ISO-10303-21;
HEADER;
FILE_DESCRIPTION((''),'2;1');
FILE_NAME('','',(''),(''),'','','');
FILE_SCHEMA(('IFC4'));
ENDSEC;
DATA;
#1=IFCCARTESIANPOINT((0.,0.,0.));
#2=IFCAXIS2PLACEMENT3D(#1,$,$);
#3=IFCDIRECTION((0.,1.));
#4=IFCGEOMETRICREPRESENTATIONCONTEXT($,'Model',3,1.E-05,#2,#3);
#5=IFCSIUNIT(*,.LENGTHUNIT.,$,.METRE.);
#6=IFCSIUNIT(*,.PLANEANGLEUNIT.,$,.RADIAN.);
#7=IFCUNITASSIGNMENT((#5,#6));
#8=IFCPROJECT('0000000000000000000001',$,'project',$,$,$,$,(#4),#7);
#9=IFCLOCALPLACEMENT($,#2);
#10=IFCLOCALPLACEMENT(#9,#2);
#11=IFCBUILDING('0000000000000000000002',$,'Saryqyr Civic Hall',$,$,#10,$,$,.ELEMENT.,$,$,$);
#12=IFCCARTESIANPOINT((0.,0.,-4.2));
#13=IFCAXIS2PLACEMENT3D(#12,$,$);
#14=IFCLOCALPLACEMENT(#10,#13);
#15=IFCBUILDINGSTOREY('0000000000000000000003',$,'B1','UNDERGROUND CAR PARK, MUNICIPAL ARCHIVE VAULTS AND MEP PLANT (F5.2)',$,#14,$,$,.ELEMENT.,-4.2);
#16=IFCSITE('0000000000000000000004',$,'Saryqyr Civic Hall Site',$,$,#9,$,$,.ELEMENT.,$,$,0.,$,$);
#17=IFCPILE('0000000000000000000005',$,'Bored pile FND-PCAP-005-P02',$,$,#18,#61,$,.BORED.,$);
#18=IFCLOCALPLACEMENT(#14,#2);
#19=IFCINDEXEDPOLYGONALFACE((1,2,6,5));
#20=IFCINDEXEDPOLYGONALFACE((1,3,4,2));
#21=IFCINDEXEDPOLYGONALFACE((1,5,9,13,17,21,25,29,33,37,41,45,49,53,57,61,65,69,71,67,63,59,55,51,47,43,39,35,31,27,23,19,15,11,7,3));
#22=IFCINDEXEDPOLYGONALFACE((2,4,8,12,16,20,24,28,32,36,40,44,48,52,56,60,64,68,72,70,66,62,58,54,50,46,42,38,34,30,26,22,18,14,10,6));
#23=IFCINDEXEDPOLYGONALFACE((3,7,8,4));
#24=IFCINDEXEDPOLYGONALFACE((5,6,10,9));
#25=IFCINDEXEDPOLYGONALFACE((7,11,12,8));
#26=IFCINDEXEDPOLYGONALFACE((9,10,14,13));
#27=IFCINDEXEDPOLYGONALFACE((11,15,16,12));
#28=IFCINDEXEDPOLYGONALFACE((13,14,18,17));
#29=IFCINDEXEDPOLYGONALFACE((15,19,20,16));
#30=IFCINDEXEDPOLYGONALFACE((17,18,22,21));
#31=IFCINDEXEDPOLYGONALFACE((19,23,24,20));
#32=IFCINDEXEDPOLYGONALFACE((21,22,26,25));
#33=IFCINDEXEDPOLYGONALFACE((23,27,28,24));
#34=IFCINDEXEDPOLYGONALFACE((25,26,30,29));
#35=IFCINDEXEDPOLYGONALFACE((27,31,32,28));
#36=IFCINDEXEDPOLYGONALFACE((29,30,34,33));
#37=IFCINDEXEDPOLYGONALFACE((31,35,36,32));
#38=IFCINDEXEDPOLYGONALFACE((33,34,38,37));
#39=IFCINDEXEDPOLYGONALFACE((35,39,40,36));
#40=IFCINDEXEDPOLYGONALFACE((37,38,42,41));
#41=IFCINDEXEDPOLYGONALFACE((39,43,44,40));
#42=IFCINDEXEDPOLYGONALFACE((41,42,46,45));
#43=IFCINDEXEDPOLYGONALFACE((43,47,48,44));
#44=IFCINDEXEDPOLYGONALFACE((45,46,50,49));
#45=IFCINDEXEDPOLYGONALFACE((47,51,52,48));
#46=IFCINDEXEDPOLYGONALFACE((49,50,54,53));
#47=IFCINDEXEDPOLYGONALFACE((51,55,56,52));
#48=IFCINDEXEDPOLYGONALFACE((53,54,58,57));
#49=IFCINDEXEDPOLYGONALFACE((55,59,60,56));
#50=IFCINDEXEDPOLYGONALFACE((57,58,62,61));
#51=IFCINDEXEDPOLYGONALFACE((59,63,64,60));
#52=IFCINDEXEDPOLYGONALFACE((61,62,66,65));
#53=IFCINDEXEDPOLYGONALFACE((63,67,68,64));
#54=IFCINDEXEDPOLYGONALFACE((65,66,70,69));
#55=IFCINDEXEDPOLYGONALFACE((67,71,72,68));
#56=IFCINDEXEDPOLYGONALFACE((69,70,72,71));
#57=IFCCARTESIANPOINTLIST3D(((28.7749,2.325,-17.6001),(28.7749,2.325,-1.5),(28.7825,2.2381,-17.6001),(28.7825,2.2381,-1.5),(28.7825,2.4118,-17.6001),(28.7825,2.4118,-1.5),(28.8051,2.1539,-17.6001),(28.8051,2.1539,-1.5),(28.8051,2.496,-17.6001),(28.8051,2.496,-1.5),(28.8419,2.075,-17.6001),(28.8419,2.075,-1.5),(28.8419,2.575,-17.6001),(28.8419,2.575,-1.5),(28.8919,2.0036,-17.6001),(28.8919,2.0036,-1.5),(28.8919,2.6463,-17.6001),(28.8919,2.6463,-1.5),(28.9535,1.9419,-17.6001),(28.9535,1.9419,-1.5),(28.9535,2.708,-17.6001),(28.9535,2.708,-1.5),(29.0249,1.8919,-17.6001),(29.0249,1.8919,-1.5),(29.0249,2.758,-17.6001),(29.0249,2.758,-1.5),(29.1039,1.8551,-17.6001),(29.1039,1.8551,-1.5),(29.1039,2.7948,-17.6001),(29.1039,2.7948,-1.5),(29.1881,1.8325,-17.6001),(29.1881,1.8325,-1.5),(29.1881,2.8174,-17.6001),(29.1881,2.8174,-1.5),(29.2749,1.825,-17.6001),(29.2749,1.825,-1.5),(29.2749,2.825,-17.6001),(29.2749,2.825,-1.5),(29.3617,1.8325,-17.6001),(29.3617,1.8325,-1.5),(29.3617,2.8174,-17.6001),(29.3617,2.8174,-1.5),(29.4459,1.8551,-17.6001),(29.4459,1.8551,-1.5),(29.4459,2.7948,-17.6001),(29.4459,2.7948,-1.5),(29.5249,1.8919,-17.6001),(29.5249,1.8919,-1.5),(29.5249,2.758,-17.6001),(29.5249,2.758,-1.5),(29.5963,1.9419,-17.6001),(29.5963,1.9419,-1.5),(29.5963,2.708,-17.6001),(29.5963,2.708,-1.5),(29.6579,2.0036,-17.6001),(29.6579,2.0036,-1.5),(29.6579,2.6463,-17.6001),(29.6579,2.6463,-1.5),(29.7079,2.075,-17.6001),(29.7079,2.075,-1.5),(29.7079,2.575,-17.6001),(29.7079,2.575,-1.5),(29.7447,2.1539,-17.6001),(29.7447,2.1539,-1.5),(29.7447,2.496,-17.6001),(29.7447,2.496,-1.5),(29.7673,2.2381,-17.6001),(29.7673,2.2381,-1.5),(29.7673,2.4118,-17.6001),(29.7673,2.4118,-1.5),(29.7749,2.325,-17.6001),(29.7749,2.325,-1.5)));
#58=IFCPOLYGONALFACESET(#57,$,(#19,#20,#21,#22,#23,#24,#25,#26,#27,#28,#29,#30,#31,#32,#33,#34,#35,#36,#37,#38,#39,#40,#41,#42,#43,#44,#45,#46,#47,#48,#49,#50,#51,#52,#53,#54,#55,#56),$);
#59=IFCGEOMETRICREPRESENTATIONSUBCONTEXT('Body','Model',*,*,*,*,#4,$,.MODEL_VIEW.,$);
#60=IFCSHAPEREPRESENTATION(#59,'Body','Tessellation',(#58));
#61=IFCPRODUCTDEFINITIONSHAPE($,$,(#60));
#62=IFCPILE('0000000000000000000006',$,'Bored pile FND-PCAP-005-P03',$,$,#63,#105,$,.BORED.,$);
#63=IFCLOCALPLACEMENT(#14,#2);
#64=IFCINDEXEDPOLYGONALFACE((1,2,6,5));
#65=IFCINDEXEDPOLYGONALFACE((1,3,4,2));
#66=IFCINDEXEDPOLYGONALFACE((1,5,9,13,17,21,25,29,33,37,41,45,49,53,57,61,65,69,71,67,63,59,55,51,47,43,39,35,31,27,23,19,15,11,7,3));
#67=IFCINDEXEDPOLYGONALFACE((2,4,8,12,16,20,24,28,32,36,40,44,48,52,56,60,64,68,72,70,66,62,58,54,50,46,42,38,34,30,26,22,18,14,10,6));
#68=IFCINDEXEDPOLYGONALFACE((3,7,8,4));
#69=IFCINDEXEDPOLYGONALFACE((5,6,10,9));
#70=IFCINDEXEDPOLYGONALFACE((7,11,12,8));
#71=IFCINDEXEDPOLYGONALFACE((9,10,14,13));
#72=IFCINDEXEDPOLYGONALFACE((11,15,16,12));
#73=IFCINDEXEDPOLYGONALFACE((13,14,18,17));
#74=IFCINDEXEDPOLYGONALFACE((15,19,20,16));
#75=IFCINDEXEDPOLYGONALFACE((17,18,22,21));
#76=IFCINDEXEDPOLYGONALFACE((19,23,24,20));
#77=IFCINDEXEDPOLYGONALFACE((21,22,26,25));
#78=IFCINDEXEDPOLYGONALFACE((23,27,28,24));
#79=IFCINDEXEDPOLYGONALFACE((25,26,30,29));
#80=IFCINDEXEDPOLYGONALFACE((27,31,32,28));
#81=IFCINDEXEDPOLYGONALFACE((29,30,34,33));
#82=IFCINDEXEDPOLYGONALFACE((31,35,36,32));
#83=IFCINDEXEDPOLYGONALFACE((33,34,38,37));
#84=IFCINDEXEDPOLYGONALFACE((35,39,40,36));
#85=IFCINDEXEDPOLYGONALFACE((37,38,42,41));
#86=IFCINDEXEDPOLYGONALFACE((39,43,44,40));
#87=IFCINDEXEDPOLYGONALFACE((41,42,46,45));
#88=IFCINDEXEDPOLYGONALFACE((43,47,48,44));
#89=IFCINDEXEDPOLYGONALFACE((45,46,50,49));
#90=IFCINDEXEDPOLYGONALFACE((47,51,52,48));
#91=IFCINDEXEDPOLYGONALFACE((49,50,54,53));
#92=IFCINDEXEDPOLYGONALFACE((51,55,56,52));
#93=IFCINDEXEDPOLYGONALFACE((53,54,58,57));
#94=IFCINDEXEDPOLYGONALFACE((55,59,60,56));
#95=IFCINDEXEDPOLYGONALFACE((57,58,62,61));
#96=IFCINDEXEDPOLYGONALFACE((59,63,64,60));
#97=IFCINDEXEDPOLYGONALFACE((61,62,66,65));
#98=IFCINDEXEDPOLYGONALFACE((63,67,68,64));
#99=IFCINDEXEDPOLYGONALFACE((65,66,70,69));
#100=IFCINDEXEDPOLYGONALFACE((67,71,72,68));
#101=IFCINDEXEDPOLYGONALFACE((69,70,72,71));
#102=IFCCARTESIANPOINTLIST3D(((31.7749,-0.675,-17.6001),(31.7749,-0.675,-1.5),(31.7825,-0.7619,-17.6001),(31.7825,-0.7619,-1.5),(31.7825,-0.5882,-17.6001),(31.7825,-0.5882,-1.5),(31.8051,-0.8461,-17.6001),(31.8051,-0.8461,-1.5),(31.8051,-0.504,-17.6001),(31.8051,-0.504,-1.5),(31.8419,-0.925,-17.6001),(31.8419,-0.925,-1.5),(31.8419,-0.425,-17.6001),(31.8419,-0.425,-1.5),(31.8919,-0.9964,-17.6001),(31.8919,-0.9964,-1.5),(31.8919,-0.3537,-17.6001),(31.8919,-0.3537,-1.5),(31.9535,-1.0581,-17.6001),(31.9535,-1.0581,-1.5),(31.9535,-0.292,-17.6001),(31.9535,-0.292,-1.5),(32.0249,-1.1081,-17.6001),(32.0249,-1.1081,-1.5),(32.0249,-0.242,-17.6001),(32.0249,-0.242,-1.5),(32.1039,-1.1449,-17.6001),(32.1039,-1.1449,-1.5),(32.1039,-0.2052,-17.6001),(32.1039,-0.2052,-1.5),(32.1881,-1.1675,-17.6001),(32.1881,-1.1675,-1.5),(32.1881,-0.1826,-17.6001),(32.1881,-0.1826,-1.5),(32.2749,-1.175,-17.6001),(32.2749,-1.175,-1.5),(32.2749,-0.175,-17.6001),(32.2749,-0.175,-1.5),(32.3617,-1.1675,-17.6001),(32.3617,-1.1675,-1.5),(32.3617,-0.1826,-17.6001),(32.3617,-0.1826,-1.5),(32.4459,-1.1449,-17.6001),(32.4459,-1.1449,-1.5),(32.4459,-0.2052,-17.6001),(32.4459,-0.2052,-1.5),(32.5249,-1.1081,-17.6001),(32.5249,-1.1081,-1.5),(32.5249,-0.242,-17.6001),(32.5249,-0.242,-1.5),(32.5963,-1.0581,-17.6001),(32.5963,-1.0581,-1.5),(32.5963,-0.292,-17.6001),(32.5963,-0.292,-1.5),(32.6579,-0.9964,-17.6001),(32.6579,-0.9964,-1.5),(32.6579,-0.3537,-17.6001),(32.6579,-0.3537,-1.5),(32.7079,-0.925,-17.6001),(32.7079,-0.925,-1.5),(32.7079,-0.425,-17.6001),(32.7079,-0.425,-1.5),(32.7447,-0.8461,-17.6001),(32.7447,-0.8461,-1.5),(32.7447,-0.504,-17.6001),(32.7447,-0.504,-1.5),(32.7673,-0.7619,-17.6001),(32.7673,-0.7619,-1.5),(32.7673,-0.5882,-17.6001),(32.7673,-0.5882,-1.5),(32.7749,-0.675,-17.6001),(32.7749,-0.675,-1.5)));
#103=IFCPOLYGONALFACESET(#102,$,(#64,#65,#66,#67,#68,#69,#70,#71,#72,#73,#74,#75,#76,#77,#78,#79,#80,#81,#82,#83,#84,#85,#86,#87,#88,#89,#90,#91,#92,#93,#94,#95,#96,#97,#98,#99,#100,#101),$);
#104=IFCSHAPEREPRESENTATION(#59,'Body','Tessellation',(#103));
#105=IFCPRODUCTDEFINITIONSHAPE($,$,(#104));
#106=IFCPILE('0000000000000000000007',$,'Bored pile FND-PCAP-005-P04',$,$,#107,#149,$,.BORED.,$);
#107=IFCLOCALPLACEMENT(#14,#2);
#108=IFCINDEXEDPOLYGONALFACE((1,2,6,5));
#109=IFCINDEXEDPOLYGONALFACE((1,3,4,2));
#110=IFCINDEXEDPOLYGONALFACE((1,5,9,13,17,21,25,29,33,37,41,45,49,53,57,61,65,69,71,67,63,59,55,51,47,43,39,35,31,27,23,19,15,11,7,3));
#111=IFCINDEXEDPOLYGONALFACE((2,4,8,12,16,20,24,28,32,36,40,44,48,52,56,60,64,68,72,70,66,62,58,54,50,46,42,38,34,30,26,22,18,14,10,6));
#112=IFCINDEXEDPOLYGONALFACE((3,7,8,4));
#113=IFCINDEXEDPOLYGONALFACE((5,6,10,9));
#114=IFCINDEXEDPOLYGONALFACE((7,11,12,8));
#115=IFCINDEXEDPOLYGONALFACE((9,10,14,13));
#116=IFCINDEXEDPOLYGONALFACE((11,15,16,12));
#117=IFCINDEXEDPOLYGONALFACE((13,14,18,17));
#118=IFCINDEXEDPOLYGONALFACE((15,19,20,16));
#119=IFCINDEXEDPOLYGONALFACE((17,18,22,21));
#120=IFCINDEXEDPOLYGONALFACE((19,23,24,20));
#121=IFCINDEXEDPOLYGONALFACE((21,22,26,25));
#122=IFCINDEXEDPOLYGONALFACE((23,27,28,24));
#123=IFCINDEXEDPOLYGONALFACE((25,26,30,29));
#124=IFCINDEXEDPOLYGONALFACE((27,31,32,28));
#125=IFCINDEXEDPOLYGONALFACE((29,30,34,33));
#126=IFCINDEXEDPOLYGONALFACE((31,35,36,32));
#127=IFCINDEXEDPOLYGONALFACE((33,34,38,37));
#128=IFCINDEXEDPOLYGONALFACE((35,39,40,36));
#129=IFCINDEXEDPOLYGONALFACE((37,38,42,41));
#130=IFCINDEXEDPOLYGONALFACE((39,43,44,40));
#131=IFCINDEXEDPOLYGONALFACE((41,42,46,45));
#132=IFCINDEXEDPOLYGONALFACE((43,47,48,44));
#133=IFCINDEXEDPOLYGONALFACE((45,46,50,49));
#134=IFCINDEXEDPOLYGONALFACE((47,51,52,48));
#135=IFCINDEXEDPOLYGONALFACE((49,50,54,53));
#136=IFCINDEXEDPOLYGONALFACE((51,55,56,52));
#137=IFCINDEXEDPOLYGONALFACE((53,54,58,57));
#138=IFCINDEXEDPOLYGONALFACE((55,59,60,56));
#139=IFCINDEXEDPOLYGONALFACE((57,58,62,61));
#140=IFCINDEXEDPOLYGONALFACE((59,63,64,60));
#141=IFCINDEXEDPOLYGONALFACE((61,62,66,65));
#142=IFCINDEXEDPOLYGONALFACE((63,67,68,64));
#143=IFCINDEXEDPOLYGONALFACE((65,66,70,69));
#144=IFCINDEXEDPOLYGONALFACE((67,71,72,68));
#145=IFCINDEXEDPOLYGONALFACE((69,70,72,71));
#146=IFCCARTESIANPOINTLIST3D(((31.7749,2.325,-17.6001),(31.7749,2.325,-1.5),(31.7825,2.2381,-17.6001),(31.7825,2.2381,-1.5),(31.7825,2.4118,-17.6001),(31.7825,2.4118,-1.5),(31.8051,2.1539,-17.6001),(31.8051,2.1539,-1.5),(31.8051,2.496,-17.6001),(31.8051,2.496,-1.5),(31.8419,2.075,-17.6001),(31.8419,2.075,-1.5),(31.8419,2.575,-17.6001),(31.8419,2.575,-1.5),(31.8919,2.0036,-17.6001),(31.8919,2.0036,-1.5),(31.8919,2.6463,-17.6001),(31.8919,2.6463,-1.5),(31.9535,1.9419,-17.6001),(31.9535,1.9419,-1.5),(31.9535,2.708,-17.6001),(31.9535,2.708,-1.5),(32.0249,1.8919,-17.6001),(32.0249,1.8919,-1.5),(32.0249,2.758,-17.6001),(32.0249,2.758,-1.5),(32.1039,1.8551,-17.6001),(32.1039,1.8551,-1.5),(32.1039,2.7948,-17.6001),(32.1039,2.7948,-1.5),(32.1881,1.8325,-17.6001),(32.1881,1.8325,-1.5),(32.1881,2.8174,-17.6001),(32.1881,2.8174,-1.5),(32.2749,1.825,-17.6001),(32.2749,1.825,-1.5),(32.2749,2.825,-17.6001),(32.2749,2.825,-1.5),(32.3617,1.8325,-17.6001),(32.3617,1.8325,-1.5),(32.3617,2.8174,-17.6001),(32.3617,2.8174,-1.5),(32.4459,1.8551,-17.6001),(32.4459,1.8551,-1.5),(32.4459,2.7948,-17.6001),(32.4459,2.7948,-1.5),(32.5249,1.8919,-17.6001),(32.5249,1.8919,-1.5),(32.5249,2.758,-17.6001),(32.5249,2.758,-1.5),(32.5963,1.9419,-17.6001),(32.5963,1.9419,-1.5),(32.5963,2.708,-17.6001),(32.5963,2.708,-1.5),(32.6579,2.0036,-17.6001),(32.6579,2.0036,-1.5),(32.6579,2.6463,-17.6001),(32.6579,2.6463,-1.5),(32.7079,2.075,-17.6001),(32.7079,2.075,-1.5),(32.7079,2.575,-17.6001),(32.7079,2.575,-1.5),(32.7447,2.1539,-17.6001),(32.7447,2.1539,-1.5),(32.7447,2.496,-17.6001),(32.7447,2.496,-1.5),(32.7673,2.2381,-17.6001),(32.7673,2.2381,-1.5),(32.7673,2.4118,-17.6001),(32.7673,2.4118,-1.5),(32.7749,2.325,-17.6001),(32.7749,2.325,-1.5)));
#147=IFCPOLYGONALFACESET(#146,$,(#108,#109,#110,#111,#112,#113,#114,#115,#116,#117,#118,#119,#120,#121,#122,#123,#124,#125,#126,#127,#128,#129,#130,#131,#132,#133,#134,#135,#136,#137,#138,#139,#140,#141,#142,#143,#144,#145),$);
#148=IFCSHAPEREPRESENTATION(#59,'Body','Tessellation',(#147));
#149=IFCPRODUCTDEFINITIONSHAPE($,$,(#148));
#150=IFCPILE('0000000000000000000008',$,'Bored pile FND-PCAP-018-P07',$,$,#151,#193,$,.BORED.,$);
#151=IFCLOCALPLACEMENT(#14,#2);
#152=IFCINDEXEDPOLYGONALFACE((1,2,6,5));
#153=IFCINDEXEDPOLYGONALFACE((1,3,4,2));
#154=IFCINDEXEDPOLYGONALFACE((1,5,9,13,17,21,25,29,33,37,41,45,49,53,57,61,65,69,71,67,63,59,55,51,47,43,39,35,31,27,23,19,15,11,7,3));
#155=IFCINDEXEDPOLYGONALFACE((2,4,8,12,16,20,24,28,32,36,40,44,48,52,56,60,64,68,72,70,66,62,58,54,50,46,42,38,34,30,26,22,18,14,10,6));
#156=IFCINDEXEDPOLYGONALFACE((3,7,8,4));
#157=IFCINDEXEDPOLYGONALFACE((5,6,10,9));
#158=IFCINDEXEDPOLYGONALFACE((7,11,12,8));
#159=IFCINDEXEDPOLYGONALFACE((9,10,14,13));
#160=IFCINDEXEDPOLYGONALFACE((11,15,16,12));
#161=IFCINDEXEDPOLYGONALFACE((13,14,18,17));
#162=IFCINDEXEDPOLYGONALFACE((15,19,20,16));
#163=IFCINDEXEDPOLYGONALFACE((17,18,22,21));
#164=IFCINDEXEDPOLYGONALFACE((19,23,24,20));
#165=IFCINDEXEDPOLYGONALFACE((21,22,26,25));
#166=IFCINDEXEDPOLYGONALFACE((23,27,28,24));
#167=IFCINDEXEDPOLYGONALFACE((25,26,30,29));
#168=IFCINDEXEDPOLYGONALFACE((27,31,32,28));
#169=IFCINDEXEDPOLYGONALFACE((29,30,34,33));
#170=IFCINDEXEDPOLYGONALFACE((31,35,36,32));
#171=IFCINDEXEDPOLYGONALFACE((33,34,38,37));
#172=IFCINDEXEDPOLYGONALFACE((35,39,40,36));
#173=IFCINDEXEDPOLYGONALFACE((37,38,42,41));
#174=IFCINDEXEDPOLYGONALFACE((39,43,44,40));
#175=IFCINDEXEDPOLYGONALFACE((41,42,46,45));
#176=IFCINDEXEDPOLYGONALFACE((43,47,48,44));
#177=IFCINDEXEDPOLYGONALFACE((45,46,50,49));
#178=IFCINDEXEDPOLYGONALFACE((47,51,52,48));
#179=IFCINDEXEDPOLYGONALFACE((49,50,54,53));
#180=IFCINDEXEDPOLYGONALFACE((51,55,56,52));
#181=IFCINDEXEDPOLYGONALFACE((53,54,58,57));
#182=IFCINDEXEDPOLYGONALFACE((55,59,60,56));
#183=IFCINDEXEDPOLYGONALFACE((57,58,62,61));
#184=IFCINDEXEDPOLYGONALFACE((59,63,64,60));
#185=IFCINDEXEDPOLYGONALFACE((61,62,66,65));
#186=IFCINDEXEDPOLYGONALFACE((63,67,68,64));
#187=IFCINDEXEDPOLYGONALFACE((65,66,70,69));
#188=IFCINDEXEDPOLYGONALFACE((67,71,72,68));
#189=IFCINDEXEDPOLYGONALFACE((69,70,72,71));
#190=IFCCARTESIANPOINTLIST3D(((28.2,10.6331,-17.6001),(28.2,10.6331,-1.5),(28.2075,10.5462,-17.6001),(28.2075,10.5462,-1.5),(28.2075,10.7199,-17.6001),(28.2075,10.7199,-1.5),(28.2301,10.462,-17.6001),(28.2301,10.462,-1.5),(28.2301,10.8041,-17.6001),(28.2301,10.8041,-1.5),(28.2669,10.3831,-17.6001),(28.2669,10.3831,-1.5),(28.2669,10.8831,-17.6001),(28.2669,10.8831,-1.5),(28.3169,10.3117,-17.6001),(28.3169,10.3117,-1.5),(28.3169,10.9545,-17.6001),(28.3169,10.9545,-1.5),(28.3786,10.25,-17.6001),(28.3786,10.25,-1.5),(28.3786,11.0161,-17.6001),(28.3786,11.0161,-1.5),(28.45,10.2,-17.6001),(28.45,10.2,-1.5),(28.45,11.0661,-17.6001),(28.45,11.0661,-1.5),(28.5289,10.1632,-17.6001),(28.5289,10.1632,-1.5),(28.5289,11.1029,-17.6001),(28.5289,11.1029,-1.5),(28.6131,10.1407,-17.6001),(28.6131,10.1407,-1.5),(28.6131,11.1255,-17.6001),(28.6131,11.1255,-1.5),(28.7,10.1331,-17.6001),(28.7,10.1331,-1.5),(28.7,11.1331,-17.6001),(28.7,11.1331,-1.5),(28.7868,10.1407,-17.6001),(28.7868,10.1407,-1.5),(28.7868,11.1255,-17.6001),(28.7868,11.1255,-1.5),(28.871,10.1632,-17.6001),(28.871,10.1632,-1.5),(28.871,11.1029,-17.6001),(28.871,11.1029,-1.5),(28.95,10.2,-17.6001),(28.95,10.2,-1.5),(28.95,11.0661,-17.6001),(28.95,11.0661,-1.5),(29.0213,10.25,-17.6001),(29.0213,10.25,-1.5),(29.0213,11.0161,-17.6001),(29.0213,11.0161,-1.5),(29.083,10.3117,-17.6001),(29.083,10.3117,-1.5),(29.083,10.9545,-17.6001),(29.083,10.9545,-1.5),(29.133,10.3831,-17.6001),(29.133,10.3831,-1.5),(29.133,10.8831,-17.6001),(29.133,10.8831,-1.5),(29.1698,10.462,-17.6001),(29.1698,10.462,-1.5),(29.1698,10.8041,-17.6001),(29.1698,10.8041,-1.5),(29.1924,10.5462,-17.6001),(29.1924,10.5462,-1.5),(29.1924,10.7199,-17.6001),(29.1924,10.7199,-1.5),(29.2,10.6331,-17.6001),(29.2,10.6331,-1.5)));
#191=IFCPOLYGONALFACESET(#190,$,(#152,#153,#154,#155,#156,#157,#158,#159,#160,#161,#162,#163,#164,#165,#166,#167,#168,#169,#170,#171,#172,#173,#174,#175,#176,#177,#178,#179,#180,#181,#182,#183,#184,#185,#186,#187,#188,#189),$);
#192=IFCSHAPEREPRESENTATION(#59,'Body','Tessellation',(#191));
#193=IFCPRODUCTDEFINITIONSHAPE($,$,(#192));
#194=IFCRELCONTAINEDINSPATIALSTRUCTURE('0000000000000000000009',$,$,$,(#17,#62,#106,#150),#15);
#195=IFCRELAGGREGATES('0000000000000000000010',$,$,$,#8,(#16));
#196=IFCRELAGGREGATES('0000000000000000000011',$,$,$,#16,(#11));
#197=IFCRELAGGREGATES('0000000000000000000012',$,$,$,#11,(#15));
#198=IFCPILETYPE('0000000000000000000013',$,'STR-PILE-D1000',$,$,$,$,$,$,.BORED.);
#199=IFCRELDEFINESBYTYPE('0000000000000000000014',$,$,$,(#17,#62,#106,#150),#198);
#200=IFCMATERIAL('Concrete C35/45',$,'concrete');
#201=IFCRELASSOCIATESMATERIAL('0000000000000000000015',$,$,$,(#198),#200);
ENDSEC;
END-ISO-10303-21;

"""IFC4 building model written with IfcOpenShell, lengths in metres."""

from ifc_helpers import new_model, si_unit, direction, frame, origin, origin_2d, place, context, subcontext, project, spatial, circle, extrude, material, material_profile, profile_set, type_object, element, save


model = new_model("IFC4")

# Units and contexts
model_context = context("Model", 3, precision=1e-05, world=origin(), true_north=direction((0.0, 1.0)))
body_context = subcontext(model_context, "Body", "Model", "MODEL_VIEW")
ifc_project = project(units=[si_unit("LENGTHUNIT", "METRE"), si_unit("PLANEANGLEUNIT", "RADIAN")], contexts=[model_context])

# Site, building, storey
site_placement = place(None, origin())
site = spatial("IfcSite", under=ifc_project, at=site_placement, Name="Saryqyr Civic Hall Site", CompositionType="ELEMENT", RefElevation=0.0)
building_placement = place(site_placement, origin())
building = spatial("IfcBuilding", under=site, at=building_placement, Name="Saryqyr Civic Hall", CompositionType="ELEMENT")
storey_placement = place(building_placement, frame((0.0, 0.0, -4.2)))
storey = spatial("IfcBuildingStorey", under=building, at=storey_placement, Name="B1", Description="UNDERGROUND CAR PARK, MUNICIPAL ARCHIVE VAULTS AND MEP PLANT (F5.2)", CompositionType="ELEMENT", Elevation=-4.2)

# Shared definitions
ifc_material_1 = material(Name="Concrete C35/45", Category="concrete")

# Piles
ifc_material_profile_1 = material_profile(ifc_material_1, circle(Radius=0.5, at=origin_2d()), Name="BORED PILE D1000")
ifc_profile_set_1 = profile_set([ifc_material_profile_1], Name="Concrete C35/45")
pile_type_1 = type_object("IfcPileType", Name="STR-PILE-D1000", PredefinedType="BORED", material=ifc_profile_set_1)
for number, where, z_axis, x_axis, name in (
    (1, (29.2749, 2.325, -1.5), (0.0, 0.0, -1.0), (1.0, 0.0, 0.0), "Bored pile FND-PCAP-005-P02"),
    (2, (32.2749, -0.675, -1.5), (0.0, 0.0, -1.0), (1.0, 0.0, 0.0), "Bored pile FND-PCAP-005-P03"),
    (3, (32.2749, 2.325, -1.5), (0.0, 0.0, -1.0), (1.0, 0.0, 0.0), "Bored pile FND-PCAP-005-P04"),
    (4, (28.7, 10.6331, -1.5), (0.0, 0.0, -1.0), (1.0, 0.0, 0.0), "Bored pile FND-PCAP-018-P07"),
):
    element("IfcPile", number, at=place(storey_placement, frame(where, z_axis=z_axis, x_axis=x_axis)), inside=storey, type_object=pile_type_1, Name=name, PredefinedType="BORED", context=body_context, shape_type="SweptSolid", body=[
        extrude(circle(Radius=0.5, at=origin_2d()), origin(), (0.0, 0.0, 1.0), 16.1001),
    ])

save(model, "model.ifc")
